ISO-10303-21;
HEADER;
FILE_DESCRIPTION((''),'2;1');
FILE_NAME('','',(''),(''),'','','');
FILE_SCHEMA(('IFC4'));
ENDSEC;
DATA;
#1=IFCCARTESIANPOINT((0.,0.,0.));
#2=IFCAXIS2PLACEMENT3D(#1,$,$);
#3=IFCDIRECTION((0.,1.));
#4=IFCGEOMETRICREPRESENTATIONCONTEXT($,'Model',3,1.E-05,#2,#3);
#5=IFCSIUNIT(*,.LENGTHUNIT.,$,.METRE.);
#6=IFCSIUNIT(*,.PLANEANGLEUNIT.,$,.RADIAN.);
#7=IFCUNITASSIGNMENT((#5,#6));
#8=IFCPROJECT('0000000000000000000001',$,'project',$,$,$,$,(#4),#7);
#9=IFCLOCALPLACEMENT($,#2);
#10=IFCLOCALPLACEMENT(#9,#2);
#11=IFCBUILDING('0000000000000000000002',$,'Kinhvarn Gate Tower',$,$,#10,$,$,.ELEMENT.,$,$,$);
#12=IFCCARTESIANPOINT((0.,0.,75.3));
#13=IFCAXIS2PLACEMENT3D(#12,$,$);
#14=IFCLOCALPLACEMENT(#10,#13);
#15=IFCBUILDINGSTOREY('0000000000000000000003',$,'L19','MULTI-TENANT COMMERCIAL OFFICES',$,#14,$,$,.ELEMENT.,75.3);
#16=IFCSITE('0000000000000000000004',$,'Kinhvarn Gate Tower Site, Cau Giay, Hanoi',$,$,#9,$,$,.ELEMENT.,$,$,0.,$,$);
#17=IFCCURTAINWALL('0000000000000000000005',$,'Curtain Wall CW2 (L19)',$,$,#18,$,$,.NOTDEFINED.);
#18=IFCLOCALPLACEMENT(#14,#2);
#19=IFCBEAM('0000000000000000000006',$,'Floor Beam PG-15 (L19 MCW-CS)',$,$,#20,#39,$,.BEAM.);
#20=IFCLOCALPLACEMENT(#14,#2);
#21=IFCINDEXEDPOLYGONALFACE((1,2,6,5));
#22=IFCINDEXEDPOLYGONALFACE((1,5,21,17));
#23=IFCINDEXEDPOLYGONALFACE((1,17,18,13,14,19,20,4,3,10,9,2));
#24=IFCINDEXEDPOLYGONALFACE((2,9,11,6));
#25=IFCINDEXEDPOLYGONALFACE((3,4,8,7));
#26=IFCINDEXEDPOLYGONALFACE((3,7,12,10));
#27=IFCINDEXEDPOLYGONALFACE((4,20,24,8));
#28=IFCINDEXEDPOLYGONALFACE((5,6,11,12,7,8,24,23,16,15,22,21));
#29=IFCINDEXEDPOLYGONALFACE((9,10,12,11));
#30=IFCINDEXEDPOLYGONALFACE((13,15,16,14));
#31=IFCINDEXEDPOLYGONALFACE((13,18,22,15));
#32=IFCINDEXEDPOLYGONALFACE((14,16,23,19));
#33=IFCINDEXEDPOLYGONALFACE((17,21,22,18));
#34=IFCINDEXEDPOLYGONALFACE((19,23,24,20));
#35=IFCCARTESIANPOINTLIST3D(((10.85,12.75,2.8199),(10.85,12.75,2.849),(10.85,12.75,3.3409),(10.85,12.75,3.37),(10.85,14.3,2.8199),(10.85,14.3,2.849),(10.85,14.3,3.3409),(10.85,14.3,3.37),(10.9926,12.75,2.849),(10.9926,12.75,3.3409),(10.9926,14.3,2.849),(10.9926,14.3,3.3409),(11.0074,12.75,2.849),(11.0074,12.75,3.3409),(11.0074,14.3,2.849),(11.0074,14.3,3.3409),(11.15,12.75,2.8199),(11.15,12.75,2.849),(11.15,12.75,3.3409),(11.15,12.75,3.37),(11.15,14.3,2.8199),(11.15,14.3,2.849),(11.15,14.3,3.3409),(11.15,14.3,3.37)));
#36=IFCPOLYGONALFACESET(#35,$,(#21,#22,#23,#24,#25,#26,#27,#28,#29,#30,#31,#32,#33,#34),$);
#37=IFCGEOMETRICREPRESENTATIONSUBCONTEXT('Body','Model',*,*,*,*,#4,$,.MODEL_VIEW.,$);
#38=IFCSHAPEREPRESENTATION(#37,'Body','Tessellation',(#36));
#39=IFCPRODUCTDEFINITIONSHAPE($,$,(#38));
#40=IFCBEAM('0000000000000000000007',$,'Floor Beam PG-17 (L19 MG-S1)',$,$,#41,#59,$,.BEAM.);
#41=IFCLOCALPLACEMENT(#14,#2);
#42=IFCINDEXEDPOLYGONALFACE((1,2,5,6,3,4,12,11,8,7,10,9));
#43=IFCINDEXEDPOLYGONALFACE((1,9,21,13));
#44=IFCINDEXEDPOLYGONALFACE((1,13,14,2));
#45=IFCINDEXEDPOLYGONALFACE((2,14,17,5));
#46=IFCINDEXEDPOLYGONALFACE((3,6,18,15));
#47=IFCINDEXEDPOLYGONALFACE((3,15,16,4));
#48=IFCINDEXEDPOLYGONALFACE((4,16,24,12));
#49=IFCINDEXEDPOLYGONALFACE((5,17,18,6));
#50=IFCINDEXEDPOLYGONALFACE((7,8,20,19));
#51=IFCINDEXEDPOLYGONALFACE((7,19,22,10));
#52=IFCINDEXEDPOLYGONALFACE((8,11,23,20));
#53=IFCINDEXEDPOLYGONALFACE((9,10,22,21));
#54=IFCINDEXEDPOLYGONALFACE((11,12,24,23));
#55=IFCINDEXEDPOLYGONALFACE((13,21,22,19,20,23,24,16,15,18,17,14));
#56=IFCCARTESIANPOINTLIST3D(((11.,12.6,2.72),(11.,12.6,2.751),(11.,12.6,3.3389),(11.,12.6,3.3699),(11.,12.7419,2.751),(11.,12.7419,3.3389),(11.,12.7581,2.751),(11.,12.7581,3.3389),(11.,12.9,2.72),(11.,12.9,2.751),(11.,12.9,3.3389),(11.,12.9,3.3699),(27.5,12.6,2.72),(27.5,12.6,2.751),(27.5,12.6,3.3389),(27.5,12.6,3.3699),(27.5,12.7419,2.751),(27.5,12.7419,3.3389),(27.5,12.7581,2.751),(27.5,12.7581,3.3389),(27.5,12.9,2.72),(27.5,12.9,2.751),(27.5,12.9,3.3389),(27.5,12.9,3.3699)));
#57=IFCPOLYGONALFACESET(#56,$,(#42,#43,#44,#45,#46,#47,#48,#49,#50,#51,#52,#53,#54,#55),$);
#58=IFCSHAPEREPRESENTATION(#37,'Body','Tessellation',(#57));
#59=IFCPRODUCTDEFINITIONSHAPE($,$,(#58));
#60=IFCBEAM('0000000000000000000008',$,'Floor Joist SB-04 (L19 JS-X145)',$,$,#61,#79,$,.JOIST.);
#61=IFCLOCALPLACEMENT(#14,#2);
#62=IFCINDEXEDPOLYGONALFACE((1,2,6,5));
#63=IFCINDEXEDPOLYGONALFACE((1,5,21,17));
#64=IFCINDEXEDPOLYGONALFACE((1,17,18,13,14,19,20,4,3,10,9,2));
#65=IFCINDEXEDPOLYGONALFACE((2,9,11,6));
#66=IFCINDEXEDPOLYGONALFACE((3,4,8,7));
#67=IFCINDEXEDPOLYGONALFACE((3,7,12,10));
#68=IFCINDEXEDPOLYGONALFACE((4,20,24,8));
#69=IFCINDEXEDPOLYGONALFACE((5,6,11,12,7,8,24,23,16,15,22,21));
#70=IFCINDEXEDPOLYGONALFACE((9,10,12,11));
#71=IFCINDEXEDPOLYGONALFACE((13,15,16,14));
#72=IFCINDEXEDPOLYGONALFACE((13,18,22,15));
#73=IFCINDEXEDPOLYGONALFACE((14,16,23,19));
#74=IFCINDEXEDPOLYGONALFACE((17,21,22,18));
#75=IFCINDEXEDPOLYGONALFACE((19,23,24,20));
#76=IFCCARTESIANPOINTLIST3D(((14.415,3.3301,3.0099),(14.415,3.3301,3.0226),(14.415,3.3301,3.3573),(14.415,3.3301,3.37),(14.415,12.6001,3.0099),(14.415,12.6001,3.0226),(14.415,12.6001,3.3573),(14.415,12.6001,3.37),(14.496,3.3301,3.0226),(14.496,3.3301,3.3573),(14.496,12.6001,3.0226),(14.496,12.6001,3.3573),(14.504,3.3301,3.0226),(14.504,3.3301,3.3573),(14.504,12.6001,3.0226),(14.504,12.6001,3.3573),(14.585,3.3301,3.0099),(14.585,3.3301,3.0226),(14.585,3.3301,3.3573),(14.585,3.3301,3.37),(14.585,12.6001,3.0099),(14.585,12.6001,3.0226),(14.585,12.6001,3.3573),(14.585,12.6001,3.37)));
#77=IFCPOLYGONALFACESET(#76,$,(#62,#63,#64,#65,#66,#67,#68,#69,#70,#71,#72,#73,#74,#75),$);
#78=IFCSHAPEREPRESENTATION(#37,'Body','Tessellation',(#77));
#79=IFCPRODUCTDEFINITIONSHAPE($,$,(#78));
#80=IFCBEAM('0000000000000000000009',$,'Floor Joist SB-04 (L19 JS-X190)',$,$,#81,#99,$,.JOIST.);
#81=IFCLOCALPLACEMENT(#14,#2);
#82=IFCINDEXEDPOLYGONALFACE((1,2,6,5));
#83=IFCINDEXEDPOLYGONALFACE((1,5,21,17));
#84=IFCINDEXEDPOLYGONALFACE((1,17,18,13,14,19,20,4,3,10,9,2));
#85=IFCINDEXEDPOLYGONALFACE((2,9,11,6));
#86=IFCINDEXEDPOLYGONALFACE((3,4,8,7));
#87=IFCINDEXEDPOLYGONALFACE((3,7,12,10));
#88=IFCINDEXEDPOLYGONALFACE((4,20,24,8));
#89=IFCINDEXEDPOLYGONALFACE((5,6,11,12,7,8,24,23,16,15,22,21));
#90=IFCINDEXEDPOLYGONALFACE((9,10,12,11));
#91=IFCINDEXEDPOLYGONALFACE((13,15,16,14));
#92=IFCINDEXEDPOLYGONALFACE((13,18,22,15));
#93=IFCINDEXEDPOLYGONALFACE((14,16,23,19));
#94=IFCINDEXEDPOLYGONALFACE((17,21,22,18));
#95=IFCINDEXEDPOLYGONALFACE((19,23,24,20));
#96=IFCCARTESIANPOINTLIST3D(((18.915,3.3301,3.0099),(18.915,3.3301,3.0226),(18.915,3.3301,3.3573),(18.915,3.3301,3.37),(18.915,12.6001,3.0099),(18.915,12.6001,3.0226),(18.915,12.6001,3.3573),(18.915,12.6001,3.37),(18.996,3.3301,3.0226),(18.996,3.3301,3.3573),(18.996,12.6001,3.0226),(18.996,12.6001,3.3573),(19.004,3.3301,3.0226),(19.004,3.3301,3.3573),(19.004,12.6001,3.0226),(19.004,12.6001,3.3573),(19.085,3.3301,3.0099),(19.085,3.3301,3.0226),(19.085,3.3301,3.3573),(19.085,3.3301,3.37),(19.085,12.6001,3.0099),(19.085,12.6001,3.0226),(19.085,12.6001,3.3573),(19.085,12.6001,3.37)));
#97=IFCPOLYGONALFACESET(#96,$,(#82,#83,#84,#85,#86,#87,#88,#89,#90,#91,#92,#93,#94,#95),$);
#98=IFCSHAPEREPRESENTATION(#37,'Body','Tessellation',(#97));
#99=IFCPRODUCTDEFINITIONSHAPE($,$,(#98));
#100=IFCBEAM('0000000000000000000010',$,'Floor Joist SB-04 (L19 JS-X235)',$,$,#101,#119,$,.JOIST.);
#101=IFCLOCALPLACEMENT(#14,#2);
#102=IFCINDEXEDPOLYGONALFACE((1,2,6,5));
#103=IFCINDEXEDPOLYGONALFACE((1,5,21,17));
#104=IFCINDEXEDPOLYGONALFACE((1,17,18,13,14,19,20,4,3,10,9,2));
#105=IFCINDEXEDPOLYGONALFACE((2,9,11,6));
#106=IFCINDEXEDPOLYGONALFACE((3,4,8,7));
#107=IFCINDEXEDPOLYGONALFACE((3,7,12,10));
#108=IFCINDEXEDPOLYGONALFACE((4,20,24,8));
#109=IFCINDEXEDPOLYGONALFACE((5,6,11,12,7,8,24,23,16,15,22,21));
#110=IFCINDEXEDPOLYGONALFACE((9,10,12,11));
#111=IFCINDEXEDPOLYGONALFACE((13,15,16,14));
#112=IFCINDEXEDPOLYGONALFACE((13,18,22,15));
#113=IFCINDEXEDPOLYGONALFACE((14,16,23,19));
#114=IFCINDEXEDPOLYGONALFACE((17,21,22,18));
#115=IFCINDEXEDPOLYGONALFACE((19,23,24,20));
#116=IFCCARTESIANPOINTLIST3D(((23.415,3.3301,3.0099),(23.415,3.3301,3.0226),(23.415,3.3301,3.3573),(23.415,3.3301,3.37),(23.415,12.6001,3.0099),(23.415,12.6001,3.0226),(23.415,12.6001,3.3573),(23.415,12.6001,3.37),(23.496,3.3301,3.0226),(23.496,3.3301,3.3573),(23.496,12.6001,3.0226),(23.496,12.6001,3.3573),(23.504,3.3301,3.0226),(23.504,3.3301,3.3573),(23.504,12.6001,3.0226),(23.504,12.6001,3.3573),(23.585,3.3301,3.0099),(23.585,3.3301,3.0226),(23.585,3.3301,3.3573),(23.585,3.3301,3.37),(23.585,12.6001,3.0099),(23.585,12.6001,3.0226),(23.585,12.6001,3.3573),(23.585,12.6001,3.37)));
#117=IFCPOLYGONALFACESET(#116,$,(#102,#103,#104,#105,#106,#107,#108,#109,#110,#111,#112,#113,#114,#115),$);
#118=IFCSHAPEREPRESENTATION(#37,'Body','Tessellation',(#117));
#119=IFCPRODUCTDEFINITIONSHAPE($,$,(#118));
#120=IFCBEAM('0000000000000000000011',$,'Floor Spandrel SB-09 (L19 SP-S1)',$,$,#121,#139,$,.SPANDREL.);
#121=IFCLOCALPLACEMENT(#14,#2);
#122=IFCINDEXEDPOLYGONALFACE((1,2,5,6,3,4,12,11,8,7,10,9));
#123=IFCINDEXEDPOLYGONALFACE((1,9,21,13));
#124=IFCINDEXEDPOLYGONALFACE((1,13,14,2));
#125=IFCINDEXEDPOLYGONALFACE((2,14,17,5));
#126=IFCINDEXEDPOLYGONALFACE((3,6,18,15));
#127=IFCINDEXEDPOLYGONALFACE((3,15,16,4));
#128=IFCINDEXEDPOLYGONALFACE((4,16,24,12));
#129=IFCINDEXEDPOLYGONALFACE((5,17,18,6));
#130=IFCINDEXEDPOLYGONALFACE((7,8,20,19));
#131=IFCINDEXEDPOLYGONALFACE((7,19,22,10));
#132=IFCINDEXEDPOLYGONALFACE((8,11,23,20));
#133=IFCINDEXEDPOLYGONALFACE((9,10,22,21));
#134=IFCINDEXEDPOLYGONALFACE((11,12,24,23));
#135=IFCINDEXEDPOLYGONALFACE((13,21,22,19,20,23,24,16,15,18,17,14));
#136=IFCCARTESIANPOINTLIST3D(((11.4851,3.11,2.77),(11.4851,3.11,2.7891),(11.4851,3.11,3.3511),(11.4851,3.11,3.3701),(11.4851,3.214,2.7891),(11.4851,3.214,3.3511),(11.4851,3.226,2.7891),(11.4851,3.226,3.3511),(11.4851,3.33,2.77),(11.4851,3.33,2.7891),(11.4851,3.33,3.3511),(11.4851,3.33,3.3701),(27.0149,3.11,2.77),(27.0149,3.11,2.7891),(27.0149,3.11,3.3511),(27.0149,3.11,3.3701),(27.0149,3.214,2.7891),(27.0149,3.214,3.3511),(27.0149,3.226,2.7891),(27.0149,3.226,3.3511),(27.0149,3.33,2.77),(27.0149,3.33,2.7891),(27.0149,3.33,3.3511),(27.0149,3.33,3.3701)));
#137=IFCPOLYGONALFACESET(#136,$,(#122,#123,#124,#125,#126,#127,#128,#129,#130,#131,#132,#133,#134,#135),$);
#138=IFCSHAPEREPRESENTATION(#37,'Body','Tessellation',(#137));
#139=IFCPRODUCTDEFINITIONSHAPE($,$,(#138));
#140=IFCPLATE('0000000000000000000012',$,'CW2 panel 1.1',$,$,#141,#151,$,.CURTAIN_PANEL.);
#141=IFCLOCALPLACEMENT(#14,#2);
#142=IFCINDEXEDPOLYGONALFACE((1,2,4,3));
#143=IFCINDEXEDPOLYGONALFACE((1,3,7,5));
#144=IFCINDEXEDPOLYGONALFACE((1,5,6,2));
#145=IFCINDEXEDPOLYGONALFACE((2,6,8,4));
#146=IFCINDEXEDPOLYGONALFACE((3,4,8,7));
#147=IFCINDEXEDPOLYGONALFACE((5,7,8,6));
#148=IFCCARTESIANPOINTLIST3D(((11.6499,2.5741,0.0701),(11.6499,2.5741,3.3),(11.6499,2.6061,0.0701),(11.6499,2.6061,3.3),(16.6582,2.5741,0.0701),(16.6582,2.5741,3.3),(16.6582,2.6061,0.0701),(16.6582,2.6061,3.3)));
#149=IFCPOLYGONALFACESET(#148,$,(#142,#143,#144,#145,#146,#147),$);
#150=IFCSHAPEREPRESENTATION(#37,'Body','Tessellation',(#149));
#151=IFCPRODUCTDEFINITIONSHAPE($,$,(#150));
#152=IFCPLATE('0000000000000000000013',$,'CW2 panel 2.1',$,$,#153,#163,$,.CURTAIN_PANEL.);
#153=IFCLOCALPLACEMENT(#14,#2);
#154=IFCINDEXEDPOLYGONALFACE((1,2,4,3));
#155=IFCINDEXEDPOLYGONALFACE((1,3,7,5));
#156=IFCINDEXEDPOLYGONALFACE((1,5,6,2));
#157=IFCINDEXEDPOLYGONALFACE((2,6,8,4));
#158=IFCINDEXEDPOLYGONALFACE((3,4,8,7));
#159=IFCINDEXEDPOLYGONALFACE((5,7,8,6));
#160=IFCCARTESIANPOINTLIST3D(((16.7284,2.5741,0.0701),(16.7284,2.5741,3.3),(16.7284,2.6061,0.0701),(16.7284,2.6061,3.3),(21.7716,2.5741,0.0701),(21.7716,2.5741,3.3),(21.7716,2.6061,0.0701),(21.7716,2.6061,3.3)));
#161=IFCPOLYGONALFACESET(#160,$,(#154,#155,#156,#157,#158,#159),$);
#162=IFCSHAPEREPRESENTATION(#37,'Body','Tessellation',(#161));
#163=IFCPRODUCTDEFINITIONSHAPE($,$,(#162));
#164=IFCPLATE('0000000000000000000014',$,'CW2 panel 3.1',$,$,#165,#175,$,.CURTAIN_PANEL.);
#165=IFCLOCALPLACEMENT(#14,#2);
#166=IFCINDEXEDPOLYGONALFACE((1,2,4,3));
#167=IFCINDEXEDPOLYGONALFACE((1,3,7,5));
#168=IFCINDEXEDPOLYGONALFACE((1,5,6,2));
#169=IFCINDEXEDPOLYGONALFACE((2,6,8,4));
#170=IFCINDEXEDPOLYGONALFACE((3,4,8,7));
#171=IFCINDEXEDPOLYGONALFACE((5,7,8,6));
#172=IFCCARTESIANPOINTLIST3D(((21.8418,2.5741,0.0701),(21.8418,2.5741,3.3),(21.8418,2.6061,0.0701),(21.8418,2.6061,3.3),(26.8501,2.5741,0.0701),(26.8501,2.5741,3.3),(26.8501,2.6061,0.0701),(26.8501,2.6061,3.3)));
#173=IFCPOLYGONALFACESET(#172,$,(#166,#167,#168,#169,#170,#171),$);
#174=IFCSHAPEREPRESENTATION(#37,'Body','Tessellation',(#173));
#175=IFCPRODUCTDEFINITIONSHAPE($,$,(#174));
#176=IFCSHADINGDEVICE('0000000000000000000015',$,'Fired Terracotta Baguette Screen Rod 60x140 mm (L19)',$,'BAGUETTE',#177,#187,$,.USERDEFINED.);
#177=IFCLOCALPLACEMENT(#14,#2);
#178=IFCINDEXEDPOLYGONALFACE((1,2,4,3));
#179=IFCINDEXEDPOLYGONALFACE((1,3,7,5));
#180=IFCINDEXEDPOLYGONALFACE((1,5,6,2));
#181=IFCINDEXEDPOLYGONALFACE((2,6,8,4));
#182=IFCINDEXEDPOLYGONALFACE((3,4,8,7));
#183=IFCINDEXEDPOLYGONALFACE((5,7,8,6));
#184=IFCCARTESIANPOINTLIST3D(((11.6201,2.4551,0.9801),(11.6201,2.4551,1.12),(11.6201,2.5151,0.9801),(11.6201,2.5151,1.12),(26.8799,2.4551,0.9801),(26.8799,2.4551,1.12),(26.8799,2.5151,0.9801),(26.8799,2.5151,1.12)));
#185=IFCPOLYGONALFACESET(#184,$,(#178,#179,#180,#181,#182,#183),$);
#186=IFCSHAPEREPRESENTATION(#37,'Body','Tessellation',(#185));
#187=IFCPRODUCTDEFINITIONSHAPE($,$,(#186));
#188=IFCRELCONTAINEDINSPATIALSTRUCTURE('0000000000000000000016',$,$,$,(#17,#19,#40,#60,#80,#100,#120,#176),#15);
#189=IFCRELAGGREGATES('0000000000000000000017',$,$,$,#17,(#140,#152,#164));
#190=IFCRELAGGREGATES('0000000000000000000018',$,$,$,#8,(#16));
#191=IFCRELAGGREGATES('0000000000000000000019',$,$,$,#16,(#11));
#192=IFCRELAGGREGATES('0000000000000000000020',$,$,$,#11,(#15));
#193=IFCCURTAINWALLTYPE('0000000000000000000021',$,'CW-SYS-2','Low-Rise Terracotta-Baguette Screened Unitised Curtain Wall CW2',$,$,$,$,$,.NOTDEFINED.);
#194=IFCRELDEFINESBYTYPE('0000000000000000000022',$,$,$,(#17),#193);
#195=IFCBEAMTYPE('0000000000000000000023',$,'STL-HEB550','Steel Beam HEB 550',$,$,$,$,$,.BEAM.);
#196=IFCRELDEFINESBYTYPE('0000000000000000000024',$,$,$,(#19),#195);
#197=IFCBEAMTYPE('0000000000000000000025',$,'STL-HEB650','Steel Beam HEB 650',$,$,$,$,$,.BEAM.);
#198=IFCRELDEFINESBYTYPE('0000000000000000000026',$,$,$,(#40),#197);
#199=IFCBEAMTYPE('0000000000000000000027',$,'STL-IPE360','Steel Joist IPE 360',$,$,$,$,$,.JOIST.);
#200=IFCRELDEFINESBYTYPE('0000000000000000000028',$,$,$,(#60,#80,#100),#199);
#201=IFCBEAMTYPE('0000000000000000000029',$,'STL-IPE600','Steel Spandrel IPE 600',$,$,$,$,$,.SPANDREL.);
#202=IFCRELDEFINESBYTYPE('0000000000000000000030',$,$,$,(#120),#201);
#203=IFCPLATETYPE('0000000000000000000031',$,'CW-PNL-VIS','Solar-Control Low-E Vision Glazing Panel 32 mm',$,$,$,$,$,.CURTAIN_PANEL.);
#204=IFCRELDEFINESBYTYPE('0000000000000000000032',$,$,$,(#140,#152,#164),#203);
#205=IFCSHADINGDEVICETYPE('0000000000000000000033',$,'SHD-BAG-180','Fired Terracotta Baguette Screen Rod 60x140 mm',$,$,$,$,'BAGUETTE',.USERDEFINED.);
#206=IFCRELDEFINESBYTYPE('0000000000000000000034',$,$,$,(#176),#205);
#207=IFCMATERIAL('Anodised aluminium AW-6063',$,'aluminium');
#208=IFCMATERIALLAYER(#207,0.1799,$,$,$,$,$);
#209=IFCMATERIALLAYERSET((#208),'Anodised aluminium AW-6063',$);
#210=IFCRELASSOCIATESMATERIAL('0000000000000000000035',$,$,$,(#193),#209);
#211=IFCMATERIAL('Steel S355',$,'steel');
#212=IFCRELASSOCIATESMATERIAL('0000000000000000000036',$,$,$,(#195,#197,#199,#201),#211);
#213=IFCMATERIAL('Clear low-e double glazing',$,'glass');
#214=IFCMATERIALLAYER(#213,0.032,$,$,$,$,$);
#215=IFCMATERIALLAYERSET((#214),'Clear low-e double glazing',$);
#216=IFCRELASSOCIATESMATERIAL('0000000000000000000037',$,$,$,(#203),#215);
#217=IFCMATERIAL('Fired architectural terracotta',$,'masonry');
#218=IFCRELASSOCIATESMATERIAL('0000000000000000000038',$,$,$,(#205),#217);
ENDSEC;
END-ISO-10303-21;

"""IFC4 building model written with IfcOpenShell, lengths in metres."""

from ifc_helpers import new_model, si_unit, direction, frame, origin, origin_2d, place, context, subcontext, project, spatial, rectangle, i_section, extrude, material, layer, layer_set, material_profile, profile_set, type_object, element, aggregate, save


model = new_model("IFC4")

# Units and contexts
model_context = context("Model", 3, precision=1e-05, world=origin(), true_north=direction((0.0, 1.0)))
body_context = subcontext(model_context, "Body", "Model", "MODEL_VIEW")
ifc_project = project(units=[si_unit("LENGTHUNIT", "METRE"), si_unit("PLANEANGLEUNIT", "RADIAN")], contexts=[model_context])

# Site, building, storey
site_placement = place(None, origin())
site = spatial("IfcSite", under=ifc_project, at=site_placement, Name="Kinhvarn Gate Tower Site, Cau Giay, Hanoi", CompositionType="ELEMENT", RefElevation=0.0)
building_placement = place(site_placement, origin())
building = spatial("IfcBuilding", under=site, at=building_placement, Name="Kinhvarn Gate Tower", CompositionType="ELEMENT")
storey_placement = place(building_placement, frame((0.0, 0.0, 75.3)))
storey = spatial("IfcBuildingStorey", under=building, at=storey_placement, Name="L19", Description="MULTI-TENANT COMMERCIAL OFFICES", CompositionType="ELEMENT", Elevation=75.3)

# Shared definitions
ifc_material_1 = material(Name="Anodised aluminium AW-6063", Category="aluminium")
ifc_layer_1 = layer(ifc_material_1, 0.1799)
ifc_layer_set_1 = layer_set([ifc_layer_1], Name="Anodised aluminium AW-6063")
curtain_wall_type = type_object("IfcCurtainWallType", Name="CW-SYS-2", Description="Low-Rise Terracotta-Baguette Screened Unitised Curtain Wall CW2", PredefinedType="NOTDEFINED", material=ifc_layer_set_1)

# Curtain wall
curtain_wall_1_placement = place(storey_placement, origin())
curtain_wall_1 = element("IfcCurtainWall", 1, at=curtain_wall_1_placement, inside=storey, type_object=curtain_wall_type, Name="Curtain Wall CW2 (L19)", PredefinedType="NOTDEFINED")

# Beams
ifc_material_2 = material(Name="Steel S355", Category="steel")
ifc_material_profile_1 = material_profile(ifc_material_2, i_section(OverallWidth=0.3, OverallDepth=0.55, WebThickness=0.0149, FlangeThickness=0.0291, at=origin_2d()), Name="HEB 550")
ifc_profile_set_1 = profile_set([ifc_material_profile_1], Name="Steel S355")
beam_type_1 = type_object("IfcBeamType", Name="STL-HEB550", Description="Steel Beam HEB 550", PredefinedType="BEAM", material=ifc_profile_set_1)
beam_1_placement = place(storey_placement, frame((11.0, 12.75, 3.095), z_axis=(0.0, 1.0, 0.0), x_axis=(-1.0, 0.0, 0.0)))
element("IfcBeam", 2, at=beam_1_placement, inside=storey, type_object=beam_type_1, Name="Floor Beam PG-15 (L19 MCW-CS)", PredefinedType="BEAM", context=body_context, shape_type="SweptSolid", body=[
    extrude(i_section(OverallWidth=0.3, OverallDepth=0.55, WebThickness=0.0149, FlangeThickness=0.0291, at=origin_2d()), origin(), (0.0, 0.0, 1.0), 1.55),
])
ifc_material_profile_2 = material_profile(ifc_material_2, i_section(OverallWidth=0.3, OverallDepth=0.6499, WebThickness=0.0161, FlangeThickness=0.031, at=origin_2d()), Name="HEB 650")
ifc_profile_set_2 = profile_set([ifc_material_profile_2], Name="Steel S355")
beam_type_2 = type_object("IfcBeamType", Name="STL-HEB650", Description="Steel Beam HEB 650", PredefinedType="BEAM", material=ifc_profile_set_2)
beam_2_placement = place(storey_placement, frame((11.0, 12.75, 3.0449), z_axis=(1.0, 0.0, 0.0), x_axis=(0.0, 1.0, 0.0)))
element("IfcBeam", 3, at=beam_2_placement, inside=storey, type_object=beam_type_2, Name="Floor Beam PG-17 (L19 MG-S1)", PredefinedType="BEAM", context=body_context, shape_type="SweptSolid", body=[
    extrude(i_section(OverallWidth=0.3, OverallDepth=0.6499, WebThickness=0.0161, FlangeThickness=0.031, at=origin_2d()), origin(), (0.0, 0.0, 1.0), 16.5),
])
ifc_material_profile_3 = material_profile(ifc_material_2, i_section(OverallWidth=0.1699, OverallDepth=0.3601, WebThickness=0.0081, FlangeThickness=0.0127, at=origin_2d()), Name="IPE 360")
ifc_profile_set_3 = profile_set([ifc_material_profile_3], Name="Steel S355")
beam_type_3 = type_object("IfcBeamType", Name="STL-IPE360", Description="Steel Joist IPE 360", PredefinedType="JOIST", material=ifc_profile_set_3)
for number, where, z_axis, x_axis, name in (
    (4, (14.5, 3.3301, 3.1899), (0.0, 1.0, 0.0), (-1.0, 0.0, 0.0), "Floor Joist SB-04 (L19 JS-X145)"),
    (5, (19.0, 3.3301, 3.1899), (0.0, 1.0, 0.0), (-1.0, 0.0, 0.0), "Floor Joist SB-04 (L19 JS-X190)"),
    (6, (23.5, 3.3301, 3.1899), (0.0, 1.0, 0.0), (-1.0, 0.0, 0.0), "Floor Joist SB-04 (L19 JS-X235)"),
):
    element("IfcBeam", number, at=place(storey_placement, frame(where, z_axis=z_axis, x_axis=x_axis)), inside=storey, type_object=beam_type_3, Name=name, PredefinedType="JOIST", context=body_context, shape_type="SweptSolid", body=[
        extrude(i_section(OverallWidth=0.1699, OverallDepth=0.3601, WebThickness=0.0081, FlangeThickness=0.0127, at=origin_2d()), origin(), (0.0, 0.0, 1.0), 9.27),
    ])
ifc_material_profile_4 = material_profile(ifc_material_2, i_section(OverallWidth=0.22, OverallDepth=0.6001, WebThickness=0.012, FlangeThickness=0.019, at=origin_2d()), Name="IPE 600")
ifc_profile_set_4 = profile_set([ifc_material_profile_4], Name="Steel S355")
beam_type_4 = type_object("IfcBeamType", Name="STL-IPE600", Description="Steel Spandrel IPE 600", PredefinedType="SPANDREL", material=ifc_profile_set_4)
beam_3_placement = place(storey_placement, frame((11.4851, 3.22, 3.0701), z_axis=(1.0, 0.0, 0.0), x_axis=(0.0, 1.0, 0.0)))
element("IfcBeam", 7, at=beam_3_placement, inside=storey, type_object=beam_type_4, Name="Floor Spandrel SB-09 (L19 SP-S1)", PredefinedType="SPANDREL", context=body_context, shape_type="SweptSolid", body=[
    extrude(i_section(OverallWidth=0.22, OverallDepth=0.6001, WebThickness=0.012, FlangeThickness=0.019, at=origin_2d()), origin(), (0.0, 0.0, 1.0), 15.5298),
])

# Plates
ifc_material_3 = material(Name="Clear low-e double glazing", Category="glass")
ifc_layer_2 = layer(ifc_material_3, 0.032)
ifc_layer_set_2 = layer_set([ifc_layer_2], Name="Clear low-e double glazing")
plate_type = type_object("IfcPlateType", Name="CW-PNL-VIS", Description="Solar-Control Low-E Vision Glazing Panel 32 mm", PredefinedType="CURTAIN_PANEL", material=ifc_layer_set_2)
plate_1_placement = place(storey_placement, frame((14.1541, 2.5901, 0.0701), z_axis=(0.0, 0.0, 1.0), x_axis=(1.0, 0.0, 0.0)))
plate_1 = element("IfcPlate", 8, at=plate_1_placement, type_object=plate_type, Name="CW2 panel 1.1", PredefinedType="CURTAIN_PANEL", context=body_context, shape_type="SweptSolid", body=[
    extrude(rectangle(XDim=5.0083, YDim=0.032, at=origin_2d()), origin(), (0.0, 0.0, 1.0), 3.23),
])
plate_2_placement = place(storey_placement, frame((19.25, 2.5901, 0.0701), z_axis=(0.0, 0.0, 1.0), x_axis=(1.0, 0.0, 0.0)))
plate_2 = element("IfcPlate", 9, at=plate_2_placement, type_object=plate_type, Name="CW2 panel 2.1", PredefinedType="CURTAIN_PANEL", context=body_context, shape_type="SweptSolid", body=[
    extrude(rectangle(XDim=5.0432, YDim=0.032, at=origin_2d()), origin(), (0.0, 0.0, 1.0), 3.23),
])
plate_3_placement = place(storey_placement, frame((24.3459, 2.5901, 0.0701), z_axis=(0.0, 0.0, 1.0), x_axis=(1.0, 0.0, 0.0)))
plate_3 = element("IfcPlate", 10, at=plate_3_placement, type_object=plate_type, Name="CW2 panel 3.1", PredefinedType="CURTAIN_PANEL", context=body_context, shape_type="SweptSolid", body=[
    extrude(rectangle(XDim=5.0083, YDim=0.032, at=origin_2d()), origin(), (0.0, 0.0, 1.0), 3.23),
])
aggregate(curtain_wall_1, [plate_1, plate_2, plate_3])

# Shading device
ifc_material_4 = material(Name="Fired architectural terracotta", Category="masonry")
ifc_material_profile_5 = material_profile(ifc_material_4, rectangle(XDim=0.0601, YDim=0.1399, at=origin_2d()), Name="TC 60x140")
ifc_profile_set_5 = profile_set([ifc_material_profile_5], Name="Fired architectural terracotta")
shading_device_type = type_object("IfcShadingDeviceType", Name="SHD-BAG-180", Description="Fired Terracotta Baguette Screen Rod 60x140 mm", ElementType="BAGUETTE", PredefinedType="USERDEFINED", material=ifc_profile_set_5)
for number, where, z_axis, x_axis, name in (
    (11, (11.6201, 2.4851, 1.05), (1.0, 0.0, 0.0), (0.0, 1.0, 0.0), "Fired Terracotta Baguette Screen Rod 60x140 mm (L19)"),
):
    element("IfcShadingDevice", number, at=place(storey_placement, frame(where, z_axis=z_axis, x_axis=x_axis)), inside=storey, type_object=shading_device_type, Name=name, ObjectType="BAGUETTE", PredefinedType="USERDEFINED", context=body_context, shape_type="SweptSolid", body=[
        extrude(rectangle(XDim=0.0601, YDim=0.1399, at=origin_2d()), origin(), (0.0, 0.0, 1.0), 15.2598),
    ])

save(model, "model.ifc")
